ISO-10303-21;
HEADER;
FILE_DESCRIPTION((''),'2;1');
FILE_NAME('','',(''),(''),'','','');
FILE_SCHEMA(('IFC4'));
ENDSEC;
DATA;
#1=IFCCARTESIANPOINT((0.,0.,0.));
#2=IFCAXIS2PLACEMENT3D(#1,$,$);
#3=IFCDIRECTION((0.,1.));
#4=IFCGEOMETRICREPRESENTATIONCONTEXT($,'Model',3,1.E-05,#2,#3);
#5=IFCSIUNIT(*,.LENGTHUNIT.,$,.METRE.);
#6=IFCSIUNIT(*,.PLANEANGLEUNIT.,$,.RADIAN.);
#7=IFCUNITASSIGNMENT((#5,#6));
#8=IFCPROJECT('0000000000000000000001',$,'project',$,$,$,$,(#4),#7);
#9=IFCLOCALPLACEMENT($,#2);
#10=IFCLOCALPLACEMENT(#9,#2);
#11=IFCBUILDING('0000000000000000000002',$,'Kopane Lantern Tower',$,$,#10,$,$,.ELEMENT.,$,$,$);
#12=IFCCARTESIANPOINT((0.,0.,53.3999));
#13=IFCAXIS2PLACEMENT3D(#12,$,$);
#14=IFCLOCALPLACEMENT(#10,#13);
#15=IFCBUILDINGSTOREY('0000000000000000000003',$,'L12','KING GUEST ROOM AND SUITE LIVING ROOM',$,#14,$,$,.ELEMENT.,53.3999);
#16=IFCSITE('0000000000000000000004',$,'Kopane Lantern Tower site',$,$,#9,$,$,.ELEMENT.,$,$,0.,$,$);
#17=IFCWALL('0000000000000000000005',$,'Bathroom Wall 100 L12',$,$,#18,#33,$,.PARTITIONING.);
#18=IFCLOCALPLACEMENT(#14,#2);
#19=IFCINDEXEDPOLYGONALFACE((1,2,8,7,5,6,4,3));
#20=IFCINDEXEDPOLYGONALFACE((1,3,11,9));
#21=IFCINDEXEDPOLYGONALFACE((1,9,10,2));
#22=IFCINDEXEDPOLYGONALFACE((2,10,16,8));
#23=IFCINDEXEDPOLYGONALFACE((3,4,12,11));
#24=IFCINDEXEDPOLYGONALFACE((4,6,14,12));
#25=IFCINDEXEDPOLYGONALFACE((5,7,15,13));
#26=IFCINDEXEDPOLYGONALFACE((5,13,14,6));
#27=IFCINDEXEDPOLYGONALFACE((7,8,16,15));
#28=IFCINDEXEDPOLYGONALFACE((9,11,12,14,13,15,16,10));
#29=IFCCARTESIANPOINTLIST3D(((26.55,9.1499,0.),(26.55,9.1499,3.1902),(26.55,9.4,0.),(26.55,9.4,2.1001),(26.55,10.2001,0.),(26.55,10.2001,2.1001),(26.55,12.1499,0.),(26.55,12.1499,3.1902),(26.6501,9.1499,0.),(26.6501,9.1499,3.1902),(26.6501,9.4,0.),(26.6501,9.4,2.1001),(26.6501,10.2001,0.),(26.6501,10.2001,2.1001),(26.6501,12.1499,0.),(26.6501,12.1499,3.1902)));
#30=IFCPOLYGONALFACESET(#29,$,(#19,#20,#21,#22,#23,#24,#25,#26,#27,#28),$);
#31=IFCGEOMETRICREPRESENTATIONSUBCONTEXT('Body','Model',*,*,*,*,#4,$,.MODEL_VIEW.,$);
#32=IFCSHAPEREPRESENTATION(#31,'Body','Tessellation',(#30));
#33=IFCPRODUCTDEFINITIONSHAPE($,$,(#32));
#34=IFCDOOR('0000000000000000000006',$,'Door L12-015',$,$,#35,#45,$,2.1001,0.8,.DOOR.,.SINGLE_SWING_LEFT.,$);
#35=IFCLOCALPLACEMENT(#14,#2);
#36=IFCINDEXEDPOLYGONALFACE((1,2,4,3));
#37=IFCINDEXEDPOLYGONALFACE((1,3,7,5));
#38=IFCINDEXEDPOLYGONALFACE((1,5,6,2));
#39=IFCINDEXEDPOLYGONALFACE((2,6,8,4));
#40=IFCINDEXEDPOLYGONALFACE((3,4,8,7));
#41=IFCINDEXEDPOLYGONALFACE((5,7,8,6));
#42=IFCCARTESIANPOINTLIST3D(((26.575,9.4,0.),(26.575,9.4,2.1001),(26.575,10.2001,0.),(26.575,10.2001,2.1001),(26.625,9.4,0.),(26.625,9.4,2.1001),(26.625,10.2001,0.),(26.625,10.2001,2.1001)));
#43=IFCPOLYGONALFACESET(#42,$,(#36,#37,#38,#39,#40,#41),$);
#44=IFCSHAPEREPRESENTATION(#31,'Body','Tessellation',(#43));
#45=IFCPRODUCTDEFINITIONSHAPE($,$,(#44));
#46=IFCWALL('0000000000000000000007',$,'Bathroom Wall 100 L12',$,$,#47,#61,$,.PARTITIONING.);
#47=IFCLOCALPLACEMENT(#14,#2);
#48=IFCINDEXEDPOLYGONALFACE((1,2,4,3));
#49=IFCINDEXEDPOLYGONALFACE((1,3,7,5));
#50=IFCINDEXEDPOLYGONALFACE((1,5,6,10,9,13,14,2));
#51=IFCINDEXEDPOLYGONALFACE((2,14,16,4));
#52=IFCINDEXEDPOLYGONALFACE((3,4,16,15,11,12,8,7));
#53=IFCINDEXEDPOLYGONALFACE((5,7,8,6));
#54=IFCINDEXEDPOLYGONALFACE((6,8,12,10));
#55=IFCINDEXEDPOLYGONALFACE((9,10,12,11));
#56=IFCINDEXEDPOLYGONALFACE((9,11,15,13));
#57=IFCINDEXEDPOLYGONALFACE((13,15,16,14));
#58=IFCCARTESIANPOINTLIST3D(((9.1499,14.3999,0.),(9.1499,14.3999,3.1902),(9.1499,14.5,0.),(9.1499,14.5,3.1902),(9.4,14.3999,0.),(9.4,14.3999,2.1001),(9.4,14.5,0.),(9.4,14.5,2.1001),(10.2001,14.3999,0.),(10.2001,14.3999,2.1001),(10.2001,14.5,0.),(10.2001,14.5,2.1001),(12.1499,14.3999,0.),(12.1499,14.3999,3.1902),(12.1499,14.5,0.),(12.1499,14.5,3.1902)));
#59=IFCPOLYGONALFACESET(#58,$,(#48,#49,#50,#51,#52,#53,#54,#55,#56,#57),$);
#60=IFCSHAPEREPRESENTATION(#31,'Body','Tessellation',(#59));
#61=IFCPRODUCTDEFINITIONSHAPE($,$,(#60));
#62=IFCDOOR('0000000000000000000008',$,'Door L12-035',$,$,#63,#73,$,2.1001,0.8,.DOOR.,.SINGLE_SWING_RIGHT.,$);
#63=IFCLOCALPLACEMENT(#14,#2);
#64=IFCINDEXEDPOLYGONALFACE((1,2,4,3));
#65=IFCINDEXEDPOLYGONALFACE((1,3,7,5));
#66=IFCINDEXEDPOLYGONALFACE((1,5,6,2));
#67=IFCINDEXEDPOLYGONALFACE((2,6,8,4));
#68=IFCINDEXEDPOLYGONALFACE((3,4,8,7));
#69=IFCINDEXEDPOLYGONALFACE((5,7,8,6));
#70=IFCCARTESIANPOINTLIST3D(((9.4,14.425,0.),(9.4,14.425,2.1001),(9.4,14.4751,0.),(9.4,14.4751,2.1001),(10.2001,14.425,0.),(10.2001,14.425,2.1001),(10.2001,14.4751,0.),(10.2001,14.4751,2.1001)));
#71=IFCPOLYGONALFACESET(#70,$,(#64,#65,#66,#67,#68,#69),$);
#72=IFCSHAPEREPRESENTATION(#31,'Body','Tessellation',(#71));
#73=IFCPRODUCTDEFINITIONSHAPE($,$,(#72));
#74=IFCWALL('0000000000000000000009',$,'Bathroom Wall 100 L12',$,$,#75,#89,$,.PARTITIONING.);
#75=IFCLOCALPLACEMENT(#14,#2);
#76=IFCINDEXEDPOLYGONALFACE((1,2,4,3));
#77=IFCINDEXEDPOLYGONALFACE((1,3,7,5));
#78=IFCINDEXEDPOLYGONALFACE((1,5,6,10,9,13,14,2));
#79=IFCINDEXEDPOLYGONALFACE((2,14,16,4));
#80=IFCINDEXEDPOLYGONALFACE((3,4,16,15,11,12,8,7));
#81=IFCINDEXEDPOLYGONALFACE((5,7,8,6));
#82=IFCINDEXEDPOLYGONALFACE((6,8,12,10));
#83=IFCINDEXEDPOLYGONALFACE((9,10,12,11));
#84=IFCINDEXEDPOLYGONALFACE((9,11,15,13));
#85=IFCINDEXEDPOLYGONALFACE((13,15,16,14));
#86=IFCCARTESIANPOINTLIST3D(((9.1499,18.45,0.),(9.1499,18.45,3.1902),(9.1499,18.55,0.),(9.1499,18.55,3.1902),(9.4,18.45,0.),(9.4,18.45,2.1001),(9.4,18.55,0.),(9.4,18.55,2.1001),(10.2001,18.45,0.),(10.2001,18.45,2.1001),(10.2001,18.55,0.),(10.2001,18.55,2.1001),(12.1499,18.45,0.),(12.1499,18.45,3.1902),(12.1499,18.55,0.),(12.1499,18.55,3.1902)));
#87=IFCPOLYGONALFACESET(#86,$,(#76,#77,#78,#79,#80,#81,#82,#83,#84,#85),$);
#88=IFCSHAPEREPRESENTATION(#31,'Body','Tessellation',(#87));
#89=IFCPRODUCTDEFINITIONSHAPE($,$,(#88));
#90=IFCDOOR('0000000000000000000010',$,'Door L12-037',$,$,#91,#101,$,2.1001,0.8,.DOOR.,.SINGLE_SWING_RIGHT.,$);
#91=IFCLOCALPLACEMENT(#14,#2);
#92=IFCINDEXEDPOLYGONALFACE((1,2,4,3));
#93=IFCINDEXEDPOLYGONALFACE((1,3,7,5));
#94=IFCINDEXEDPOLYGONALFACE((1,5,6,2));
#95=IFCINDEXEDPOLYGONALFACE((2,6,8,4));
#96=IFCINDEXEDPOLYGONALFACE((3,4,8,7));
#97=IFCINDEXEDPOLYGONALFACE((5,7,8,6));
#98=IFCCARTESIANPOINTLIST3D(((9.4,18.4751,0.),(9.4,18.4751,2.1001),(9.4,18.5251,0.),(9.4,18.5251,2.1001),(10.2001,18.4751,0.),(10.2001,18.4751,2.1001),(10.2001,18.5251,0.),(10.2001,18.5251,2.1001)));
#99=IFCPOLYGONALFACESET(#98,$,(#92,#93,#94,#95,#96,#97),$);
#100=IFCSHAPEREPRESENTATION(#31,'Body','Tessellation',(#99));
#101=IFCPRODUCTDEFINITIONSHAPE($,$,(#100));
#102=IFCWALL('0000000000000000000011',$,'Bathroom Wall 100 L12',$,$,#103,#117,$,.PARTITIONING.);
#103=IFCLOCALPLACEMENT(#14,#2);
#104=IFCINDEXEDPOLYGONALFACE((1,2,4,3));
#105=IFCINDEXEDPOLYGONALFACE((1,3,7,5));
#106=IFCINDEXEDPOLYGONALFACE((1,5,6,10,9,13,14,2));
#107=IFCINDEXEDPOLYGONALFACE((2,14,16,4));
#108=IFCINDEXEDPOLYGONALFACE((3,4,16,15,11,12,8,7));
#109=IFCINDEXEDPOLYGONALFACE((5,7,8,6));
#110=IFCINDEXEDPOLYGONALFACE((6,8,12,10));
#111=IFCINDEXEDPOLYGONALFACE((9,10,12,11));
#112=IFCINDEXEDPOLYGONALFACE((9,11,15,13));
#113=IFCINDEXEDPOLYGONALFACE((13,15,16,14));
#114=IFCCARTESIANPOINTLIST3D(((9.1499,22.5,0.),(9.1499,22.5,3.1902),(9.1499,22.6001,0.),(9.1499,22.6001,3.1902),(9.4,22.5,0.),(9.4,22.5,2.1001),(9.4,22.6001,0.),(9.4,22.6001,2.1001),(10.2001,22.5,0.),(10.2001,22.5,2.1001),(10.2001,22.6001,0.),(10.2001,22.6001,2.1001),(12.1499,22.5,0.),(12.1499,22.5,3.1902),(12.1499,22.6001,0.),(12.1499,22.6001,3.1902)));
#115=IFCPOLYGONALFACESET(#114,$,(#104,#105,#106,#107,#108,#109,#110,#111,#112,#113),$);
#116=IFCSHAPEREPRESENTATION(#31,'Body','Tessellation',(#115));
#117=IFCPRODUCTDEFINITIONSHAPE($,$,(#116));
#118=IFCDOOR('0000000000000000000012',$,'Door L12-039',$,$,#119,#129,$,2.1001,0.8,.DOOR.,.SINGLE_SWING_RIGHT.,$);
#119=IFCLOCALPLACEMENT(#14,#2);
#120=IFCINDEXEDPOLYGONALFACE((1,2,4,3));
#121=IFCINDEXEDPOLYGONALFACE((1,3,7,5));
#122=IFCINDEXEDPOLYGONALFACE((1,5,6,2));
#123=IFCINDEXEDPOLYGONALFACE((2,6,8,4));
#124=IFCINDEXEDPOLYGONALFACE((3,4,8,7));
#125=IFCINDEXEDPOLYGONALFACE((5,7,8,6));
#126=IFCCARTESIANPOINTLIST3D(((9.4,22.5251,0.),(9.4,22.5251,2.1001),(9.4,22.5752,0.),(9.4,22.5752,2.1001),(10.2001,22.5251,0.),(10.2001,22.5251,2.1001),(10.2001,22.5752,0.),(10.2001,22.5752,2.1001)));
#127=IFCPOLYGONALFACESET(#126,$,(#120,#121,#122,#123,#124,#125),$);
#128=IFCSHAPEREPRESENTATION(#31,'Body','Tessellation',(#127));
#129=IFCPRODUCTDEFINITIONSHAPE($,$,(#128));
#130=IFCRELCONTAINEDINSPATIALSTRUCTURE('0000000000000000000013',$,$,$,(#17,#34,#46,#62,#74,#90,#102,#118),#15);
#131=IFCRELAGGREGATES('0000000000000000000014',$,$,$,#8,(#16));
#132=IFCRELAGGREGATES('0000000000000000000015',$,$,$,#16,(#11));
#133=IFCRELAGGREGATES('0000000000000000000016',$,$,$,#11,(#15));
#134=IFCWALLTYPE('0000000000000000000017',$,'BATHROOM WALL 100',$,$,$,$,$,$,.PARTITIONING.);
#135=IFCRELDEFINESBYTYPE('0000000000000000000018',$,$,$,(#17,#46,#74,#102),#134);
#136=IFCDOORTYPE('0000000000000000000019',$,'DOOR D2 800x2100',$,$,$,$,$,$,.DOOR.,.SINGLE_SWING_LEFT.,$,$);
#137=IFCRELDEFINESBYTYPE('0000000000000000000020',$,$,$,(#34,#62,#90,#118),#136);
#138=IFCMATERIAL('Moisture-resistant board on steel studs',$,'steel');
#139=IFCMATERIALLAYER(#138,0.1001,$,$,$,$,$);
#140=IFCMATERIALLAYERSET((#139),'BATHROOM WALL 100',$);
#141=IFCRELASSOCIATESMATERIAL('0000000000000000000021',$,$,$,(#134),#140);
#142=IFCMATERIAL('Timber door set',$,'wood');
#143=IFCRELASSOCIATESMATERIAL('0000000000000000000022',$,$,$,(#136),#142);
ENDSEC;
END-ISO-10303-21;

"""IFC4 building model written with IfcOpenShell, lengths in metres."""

from ifc_helpers import new_model, si_unit, direction, frame, frame_2d, origin, place, context, subcontext, project, spatial, rectangle, extrude, material, layer, layer_set, type_object, element, fill, save


model = new_model("IFC4")

# Units and contexts
model_context = context("Model", 3, precision=1e-05, world=origin(), true_north=direction((0.0, 1.0)))
body_context = subcontext(model_context, "Body", "Model", "MODEL_VIEW")
ifc_project = project(units=[si_unit("LENGTHUNIT", "METRE"), si_unit("PLANEANGLEUNIT", "RADIAN")], contexts=[model_context])

# Site, building, storey
site_placement = place(None, origin())
site = spatial("IfcSite", under=ifc_project, at=site_placement, Name="Kopane Lantern Tower site", CompositionType="ELEMENT", RefElevation=0.0)
building_placement = place(site_placement, origin())
building = spatial("IfcBuilding", under=site, at=building_placement, Name="Kopane Lantern Tower", CompositionType="ELEMENT")
storey_placement = place(building_placement, frame((0.0, 0.0, 53.3999)))
storey = spatial("IfcBuildingStorey", under=building, at=storey_placement, Name="L12", Description="KING GUEST ROOM AND SUITE LIVING ROOM", CompositionType="ELEMENT", Elevation=53.3999)

# Walls, openings, doors
ifc_material_1 = material(Name="Moisture-resistant board on steel studs", Category="steel")
ifc_layer_1 = layer(ifc_material_1, 0.1001)
ifc_layer_set_1 = layer_set([ifc_layer_1], Name="BATHROOM WALL 100")
wall_type_1 = type_object("IfcWallType", Name="BATHROOM WALL 100", PredefinedType="PARTITIONING", material=ifc_layer_set_1)
wall_1_placement = place(storey_placement, frame((26.6001, 12.1499, 0.0), z_axis=(0.0, 0.0, 1.0), x_axis=(0.0, -1.0, 0.0)))
wall_1 = element("IfcWall", 1, at=wall_1_placement, inside=storey, type_object=wall_type_1, Name="Bathroom Wall 100 L12", PredefinedType="PARTITIONING", context=body_context, shape_type="SweptSolid", body=[
    extrude(rectangle(XDim=3.0, YDim=0.1001, at=frame_2d((1.5, 0.0))), origin(), (0.0, 0.0, 1.0), 3.1902),
])
opening_1_placement = place(wall_1_placement, frame((1.95, 0.0, 0.0)))
opening_1 = element("IfcOpeningElement", 2, at=opening_1_placement, cuts=wall_1, PredefinedType="OPENING", context=body_context, shape_type="SweptSolid", body=[
    extrude(rectangle(XDim=0.8, YDim=2.1001, at=frame_2d((0.3999, 1.05))), frame((0.0, 0.0601, 0.0), z_axis=(0.0, -1.0, 0.0), x_axis=(1.0, 0.0, 0.0)), (0.0, 0.0, 1.0), 0.1201),
])
ifc_material_2 = material(Name="Timber door set", Category="wood")
door_type_1 = type_object("IfcDoorType", Name="DOOR D2 800x2100", OperationType="SINGLE_SWING_LEFT", PredefinedType="DOOR", material=ifc_material_2)
door_1_placement = place(opening_1_placement, origin())
door_1 = element("IfcDoor", 3, at=door_1_placement, inside=storey, type_object=door_type_1, Name="Door L12-015", OperationType="SINGLE_SWING_LEFT", OverallHeight=2.1001, OverallWidth=0.8, PredefinedType="DOOR", context=body_context, shape_type="SweptSolid", body=[
    extrude(rectangle(XDim=0.8, YDim=2.1001, at=frame_2d((0.3999, 1.05))), frame((0.0, 0.0249, 0.0), z_axis=(0.0, -1.0, 0.0), x_axis=(1.0, 0.0, 0.0)), (0.0, 0.0, 1.0), 0.05),
])
fill(opening_1, door_1)
wall_2_placement = place(storey_placement, frame((12.1499, 14.45, 0.0), z_axis=(0.0, 0.0, 1.0), x_axis=(-1.0, 0.0, 0.0)))
wall_2 = element("IfcWall", 4, at=wall_2_placement, inside=storey, type_object=wall_type_1, Name="Bathroom Wall 100 L12", PredefinedType="PARTITIONING", context=body_context, shape_type="SweptSolid", body=[
    extrude(rectangle(XDim=3.0, YDim=0.1001, at=frame_2d((1.5, 0.0))), origin(), (0.0, 0.0, 1.0), 3.1902),
])
opening_2_placement = place(wall_2_placement, frame((1.95, 0.0, 0.0)))
opening_2 = element("IfcOpeningElement", 5, at=opening_2_placement, cuts=wall_2, PredefinedType="OPENING", context=body_context, shape_type="SweptSolid", body=[
    extrude(rectangle(XDim=0.8, YDim=2.1001, at=frame_2d((0.3999, 1.05))), frame((0.0, 0.0601, 0.0), z_axis=(0.0, -1.0, 0.0), x_axis=(1.0, 0.0, 0.0)), (0.0, 0.0, 1.0), 0.1201),
])
door_2_placement = place(opening_2_placement, origin())
door_2 = element("IfcDoor", 6, at=door_2_placement, inside=storey, type_object=door_type_1, Name="Door L12-035", OperationType="SINGLE_SWING_RIGHT", OverallHeight=2.1001, OverallWidth=0.8, PredefinedType="DOOR", context=body_context, shape_type="SweptSolid", body=[
    extrude(rectangle(XDim=0.8, YDim=2.1001, at=frame_2d((0.3999, 1.05))), frame((0.0, 0.0249, 0.0), z_axis=(0.0, -1.0, 0.0), x_axis=(1.0, 0.0, 0.0)), (0.0, 0.0, 1.0), 0.05),
])
fill(opening_2, door_2)
wall_3_placement = place(storey_placement, frame((12.1499, 18.5, 0.0), z_axis=(0.0, 0.0, 1.0), x_axis=(-1.0, 0.0, 0.0)))
wall_3 = element("IfcWall", 7, at=wall_3_placement, inside=storey, type_object=wall_type_1, Name="Bathroom Wall 100 L12", PredefinedType="PARTITIONING", context=body_context, shape_type="SweptSolid", body=[
    extrude(rectangle(XDim=3.0, YDim=0.1001, at=frame_2d((1.5, 0.0))), origin(), (0.0, 0.0, 1.0), 3.1902),
])
opening_3_placement = place(wall_3_placement, frame((1.95, 0.0, 0.0)))
opening_3 = element("IfcOpeningElement", 8, at=opening_3_placement, cuts=wall_3, PredefinedType="OPENING", context=body_context, shape_type="SweptSolid", body=[
    extrude(rectangle(XDim=0.8, YDim=2.1001, at=frame_2d((0.3999, 1.05))), frame((0.0, 0.0601, 0.0), z_axis=(0.0, -1.0, 0.0), x_axis=(1.0, 0.0, 0.0)), (0.0, 0.0, 1.0), 0.1201),
])
door_3_placement = place(opening_3_placement, origin())
door_3 = element("IfcDoor", 9, at=door_3_placement, inside=storey, type_object=door_type_1, Name="Door L12-037", OperationType="SINGLE_SWING_RIGHT", OverallHeight=2.1001, OverallWidth=0.8, PredefinedType="DOOR", context=body_context, shape_type="SweptSolid", body=[
    extrude(rectangle(XDim=0.8, YDim=2.1001, at=frame_2d((0.3999, 1.05))), frame((0.0, 0.0249, 0.0), z_axis=(0.0, -1.0, 0.0), x_axis=(1.0, 0.0, 0.0)), (0.0, 0.0, 1.0), 0.05),
])
fill(opening_3, door_3)
wall_4_placement = place(storey_placement, frame((12.1499, 22.55, 0.0), z_axis=(0.0, 0.0, 1.0), x_axis=(-1.0, 0.0, 0.0)))
wall_4 = element("IfcWall", 10, at=wall_4_placement, inside=storey, type_object=wall_type_1, Name="Bathroom Wall 100 L12", PredefinedType="PARTITIONING", context=body_context, shape_type="SweptSolid", body=[
    extrude(rectangle(XDim=3.0, YDim=0.1001, at=frame_2d((1.5, 0.0))), origin(), (0.0, 0.0, 1.0), 3.1902),
])
opening_4_placement = place(wall_4_placement, frame((1.95, 0.0, 0.0)))
opening_4 = element("IfcOpeningElement", 11, at=opening_4_placement, cuts=wall_4, PredefinedType="OPENING", context=body_context, shape_type="SweptSolid", body=[
    extrude(rectangle(XDim=0.8, YDim=2.1001, at=frame_2d((0.3999, 1.05))), frame((0.0, 0.0601, 0.0), z_axis=(0.0, -1.0, 0.0), x_axis=(1.0, 0.0, 0.0)), (0.0, 0.0, 1.0), 0.1201),
])
door_4_placement = place(opening_4_placement, origin())
door_4 = element("IfcDoor", 12, at=door_4_placement, inside=storey, type_object=door_type_1, Name="Door L12-039", OperationType="SINGLE_SWING_RIGHT", OverallHeight=2.1001, OverallWidth=0.8, PredefinedType="DOOR", context=body_context, shape_type="SweptSolid", body=[
    extrude(rectangle(XDim=0.8, YDim=2.1001, at=frame_2d((0.3999, 1.05))), frame((0.0, 0.0249, 0.0), z_axis=(0.0, -1.0, 0.0), x_axis=(1.0, 0.0, 0.0)), (0.0, 0.0, 1.0), 0.05),
])
fill(opening_4, door_4)

save(model, "model.ifc")
